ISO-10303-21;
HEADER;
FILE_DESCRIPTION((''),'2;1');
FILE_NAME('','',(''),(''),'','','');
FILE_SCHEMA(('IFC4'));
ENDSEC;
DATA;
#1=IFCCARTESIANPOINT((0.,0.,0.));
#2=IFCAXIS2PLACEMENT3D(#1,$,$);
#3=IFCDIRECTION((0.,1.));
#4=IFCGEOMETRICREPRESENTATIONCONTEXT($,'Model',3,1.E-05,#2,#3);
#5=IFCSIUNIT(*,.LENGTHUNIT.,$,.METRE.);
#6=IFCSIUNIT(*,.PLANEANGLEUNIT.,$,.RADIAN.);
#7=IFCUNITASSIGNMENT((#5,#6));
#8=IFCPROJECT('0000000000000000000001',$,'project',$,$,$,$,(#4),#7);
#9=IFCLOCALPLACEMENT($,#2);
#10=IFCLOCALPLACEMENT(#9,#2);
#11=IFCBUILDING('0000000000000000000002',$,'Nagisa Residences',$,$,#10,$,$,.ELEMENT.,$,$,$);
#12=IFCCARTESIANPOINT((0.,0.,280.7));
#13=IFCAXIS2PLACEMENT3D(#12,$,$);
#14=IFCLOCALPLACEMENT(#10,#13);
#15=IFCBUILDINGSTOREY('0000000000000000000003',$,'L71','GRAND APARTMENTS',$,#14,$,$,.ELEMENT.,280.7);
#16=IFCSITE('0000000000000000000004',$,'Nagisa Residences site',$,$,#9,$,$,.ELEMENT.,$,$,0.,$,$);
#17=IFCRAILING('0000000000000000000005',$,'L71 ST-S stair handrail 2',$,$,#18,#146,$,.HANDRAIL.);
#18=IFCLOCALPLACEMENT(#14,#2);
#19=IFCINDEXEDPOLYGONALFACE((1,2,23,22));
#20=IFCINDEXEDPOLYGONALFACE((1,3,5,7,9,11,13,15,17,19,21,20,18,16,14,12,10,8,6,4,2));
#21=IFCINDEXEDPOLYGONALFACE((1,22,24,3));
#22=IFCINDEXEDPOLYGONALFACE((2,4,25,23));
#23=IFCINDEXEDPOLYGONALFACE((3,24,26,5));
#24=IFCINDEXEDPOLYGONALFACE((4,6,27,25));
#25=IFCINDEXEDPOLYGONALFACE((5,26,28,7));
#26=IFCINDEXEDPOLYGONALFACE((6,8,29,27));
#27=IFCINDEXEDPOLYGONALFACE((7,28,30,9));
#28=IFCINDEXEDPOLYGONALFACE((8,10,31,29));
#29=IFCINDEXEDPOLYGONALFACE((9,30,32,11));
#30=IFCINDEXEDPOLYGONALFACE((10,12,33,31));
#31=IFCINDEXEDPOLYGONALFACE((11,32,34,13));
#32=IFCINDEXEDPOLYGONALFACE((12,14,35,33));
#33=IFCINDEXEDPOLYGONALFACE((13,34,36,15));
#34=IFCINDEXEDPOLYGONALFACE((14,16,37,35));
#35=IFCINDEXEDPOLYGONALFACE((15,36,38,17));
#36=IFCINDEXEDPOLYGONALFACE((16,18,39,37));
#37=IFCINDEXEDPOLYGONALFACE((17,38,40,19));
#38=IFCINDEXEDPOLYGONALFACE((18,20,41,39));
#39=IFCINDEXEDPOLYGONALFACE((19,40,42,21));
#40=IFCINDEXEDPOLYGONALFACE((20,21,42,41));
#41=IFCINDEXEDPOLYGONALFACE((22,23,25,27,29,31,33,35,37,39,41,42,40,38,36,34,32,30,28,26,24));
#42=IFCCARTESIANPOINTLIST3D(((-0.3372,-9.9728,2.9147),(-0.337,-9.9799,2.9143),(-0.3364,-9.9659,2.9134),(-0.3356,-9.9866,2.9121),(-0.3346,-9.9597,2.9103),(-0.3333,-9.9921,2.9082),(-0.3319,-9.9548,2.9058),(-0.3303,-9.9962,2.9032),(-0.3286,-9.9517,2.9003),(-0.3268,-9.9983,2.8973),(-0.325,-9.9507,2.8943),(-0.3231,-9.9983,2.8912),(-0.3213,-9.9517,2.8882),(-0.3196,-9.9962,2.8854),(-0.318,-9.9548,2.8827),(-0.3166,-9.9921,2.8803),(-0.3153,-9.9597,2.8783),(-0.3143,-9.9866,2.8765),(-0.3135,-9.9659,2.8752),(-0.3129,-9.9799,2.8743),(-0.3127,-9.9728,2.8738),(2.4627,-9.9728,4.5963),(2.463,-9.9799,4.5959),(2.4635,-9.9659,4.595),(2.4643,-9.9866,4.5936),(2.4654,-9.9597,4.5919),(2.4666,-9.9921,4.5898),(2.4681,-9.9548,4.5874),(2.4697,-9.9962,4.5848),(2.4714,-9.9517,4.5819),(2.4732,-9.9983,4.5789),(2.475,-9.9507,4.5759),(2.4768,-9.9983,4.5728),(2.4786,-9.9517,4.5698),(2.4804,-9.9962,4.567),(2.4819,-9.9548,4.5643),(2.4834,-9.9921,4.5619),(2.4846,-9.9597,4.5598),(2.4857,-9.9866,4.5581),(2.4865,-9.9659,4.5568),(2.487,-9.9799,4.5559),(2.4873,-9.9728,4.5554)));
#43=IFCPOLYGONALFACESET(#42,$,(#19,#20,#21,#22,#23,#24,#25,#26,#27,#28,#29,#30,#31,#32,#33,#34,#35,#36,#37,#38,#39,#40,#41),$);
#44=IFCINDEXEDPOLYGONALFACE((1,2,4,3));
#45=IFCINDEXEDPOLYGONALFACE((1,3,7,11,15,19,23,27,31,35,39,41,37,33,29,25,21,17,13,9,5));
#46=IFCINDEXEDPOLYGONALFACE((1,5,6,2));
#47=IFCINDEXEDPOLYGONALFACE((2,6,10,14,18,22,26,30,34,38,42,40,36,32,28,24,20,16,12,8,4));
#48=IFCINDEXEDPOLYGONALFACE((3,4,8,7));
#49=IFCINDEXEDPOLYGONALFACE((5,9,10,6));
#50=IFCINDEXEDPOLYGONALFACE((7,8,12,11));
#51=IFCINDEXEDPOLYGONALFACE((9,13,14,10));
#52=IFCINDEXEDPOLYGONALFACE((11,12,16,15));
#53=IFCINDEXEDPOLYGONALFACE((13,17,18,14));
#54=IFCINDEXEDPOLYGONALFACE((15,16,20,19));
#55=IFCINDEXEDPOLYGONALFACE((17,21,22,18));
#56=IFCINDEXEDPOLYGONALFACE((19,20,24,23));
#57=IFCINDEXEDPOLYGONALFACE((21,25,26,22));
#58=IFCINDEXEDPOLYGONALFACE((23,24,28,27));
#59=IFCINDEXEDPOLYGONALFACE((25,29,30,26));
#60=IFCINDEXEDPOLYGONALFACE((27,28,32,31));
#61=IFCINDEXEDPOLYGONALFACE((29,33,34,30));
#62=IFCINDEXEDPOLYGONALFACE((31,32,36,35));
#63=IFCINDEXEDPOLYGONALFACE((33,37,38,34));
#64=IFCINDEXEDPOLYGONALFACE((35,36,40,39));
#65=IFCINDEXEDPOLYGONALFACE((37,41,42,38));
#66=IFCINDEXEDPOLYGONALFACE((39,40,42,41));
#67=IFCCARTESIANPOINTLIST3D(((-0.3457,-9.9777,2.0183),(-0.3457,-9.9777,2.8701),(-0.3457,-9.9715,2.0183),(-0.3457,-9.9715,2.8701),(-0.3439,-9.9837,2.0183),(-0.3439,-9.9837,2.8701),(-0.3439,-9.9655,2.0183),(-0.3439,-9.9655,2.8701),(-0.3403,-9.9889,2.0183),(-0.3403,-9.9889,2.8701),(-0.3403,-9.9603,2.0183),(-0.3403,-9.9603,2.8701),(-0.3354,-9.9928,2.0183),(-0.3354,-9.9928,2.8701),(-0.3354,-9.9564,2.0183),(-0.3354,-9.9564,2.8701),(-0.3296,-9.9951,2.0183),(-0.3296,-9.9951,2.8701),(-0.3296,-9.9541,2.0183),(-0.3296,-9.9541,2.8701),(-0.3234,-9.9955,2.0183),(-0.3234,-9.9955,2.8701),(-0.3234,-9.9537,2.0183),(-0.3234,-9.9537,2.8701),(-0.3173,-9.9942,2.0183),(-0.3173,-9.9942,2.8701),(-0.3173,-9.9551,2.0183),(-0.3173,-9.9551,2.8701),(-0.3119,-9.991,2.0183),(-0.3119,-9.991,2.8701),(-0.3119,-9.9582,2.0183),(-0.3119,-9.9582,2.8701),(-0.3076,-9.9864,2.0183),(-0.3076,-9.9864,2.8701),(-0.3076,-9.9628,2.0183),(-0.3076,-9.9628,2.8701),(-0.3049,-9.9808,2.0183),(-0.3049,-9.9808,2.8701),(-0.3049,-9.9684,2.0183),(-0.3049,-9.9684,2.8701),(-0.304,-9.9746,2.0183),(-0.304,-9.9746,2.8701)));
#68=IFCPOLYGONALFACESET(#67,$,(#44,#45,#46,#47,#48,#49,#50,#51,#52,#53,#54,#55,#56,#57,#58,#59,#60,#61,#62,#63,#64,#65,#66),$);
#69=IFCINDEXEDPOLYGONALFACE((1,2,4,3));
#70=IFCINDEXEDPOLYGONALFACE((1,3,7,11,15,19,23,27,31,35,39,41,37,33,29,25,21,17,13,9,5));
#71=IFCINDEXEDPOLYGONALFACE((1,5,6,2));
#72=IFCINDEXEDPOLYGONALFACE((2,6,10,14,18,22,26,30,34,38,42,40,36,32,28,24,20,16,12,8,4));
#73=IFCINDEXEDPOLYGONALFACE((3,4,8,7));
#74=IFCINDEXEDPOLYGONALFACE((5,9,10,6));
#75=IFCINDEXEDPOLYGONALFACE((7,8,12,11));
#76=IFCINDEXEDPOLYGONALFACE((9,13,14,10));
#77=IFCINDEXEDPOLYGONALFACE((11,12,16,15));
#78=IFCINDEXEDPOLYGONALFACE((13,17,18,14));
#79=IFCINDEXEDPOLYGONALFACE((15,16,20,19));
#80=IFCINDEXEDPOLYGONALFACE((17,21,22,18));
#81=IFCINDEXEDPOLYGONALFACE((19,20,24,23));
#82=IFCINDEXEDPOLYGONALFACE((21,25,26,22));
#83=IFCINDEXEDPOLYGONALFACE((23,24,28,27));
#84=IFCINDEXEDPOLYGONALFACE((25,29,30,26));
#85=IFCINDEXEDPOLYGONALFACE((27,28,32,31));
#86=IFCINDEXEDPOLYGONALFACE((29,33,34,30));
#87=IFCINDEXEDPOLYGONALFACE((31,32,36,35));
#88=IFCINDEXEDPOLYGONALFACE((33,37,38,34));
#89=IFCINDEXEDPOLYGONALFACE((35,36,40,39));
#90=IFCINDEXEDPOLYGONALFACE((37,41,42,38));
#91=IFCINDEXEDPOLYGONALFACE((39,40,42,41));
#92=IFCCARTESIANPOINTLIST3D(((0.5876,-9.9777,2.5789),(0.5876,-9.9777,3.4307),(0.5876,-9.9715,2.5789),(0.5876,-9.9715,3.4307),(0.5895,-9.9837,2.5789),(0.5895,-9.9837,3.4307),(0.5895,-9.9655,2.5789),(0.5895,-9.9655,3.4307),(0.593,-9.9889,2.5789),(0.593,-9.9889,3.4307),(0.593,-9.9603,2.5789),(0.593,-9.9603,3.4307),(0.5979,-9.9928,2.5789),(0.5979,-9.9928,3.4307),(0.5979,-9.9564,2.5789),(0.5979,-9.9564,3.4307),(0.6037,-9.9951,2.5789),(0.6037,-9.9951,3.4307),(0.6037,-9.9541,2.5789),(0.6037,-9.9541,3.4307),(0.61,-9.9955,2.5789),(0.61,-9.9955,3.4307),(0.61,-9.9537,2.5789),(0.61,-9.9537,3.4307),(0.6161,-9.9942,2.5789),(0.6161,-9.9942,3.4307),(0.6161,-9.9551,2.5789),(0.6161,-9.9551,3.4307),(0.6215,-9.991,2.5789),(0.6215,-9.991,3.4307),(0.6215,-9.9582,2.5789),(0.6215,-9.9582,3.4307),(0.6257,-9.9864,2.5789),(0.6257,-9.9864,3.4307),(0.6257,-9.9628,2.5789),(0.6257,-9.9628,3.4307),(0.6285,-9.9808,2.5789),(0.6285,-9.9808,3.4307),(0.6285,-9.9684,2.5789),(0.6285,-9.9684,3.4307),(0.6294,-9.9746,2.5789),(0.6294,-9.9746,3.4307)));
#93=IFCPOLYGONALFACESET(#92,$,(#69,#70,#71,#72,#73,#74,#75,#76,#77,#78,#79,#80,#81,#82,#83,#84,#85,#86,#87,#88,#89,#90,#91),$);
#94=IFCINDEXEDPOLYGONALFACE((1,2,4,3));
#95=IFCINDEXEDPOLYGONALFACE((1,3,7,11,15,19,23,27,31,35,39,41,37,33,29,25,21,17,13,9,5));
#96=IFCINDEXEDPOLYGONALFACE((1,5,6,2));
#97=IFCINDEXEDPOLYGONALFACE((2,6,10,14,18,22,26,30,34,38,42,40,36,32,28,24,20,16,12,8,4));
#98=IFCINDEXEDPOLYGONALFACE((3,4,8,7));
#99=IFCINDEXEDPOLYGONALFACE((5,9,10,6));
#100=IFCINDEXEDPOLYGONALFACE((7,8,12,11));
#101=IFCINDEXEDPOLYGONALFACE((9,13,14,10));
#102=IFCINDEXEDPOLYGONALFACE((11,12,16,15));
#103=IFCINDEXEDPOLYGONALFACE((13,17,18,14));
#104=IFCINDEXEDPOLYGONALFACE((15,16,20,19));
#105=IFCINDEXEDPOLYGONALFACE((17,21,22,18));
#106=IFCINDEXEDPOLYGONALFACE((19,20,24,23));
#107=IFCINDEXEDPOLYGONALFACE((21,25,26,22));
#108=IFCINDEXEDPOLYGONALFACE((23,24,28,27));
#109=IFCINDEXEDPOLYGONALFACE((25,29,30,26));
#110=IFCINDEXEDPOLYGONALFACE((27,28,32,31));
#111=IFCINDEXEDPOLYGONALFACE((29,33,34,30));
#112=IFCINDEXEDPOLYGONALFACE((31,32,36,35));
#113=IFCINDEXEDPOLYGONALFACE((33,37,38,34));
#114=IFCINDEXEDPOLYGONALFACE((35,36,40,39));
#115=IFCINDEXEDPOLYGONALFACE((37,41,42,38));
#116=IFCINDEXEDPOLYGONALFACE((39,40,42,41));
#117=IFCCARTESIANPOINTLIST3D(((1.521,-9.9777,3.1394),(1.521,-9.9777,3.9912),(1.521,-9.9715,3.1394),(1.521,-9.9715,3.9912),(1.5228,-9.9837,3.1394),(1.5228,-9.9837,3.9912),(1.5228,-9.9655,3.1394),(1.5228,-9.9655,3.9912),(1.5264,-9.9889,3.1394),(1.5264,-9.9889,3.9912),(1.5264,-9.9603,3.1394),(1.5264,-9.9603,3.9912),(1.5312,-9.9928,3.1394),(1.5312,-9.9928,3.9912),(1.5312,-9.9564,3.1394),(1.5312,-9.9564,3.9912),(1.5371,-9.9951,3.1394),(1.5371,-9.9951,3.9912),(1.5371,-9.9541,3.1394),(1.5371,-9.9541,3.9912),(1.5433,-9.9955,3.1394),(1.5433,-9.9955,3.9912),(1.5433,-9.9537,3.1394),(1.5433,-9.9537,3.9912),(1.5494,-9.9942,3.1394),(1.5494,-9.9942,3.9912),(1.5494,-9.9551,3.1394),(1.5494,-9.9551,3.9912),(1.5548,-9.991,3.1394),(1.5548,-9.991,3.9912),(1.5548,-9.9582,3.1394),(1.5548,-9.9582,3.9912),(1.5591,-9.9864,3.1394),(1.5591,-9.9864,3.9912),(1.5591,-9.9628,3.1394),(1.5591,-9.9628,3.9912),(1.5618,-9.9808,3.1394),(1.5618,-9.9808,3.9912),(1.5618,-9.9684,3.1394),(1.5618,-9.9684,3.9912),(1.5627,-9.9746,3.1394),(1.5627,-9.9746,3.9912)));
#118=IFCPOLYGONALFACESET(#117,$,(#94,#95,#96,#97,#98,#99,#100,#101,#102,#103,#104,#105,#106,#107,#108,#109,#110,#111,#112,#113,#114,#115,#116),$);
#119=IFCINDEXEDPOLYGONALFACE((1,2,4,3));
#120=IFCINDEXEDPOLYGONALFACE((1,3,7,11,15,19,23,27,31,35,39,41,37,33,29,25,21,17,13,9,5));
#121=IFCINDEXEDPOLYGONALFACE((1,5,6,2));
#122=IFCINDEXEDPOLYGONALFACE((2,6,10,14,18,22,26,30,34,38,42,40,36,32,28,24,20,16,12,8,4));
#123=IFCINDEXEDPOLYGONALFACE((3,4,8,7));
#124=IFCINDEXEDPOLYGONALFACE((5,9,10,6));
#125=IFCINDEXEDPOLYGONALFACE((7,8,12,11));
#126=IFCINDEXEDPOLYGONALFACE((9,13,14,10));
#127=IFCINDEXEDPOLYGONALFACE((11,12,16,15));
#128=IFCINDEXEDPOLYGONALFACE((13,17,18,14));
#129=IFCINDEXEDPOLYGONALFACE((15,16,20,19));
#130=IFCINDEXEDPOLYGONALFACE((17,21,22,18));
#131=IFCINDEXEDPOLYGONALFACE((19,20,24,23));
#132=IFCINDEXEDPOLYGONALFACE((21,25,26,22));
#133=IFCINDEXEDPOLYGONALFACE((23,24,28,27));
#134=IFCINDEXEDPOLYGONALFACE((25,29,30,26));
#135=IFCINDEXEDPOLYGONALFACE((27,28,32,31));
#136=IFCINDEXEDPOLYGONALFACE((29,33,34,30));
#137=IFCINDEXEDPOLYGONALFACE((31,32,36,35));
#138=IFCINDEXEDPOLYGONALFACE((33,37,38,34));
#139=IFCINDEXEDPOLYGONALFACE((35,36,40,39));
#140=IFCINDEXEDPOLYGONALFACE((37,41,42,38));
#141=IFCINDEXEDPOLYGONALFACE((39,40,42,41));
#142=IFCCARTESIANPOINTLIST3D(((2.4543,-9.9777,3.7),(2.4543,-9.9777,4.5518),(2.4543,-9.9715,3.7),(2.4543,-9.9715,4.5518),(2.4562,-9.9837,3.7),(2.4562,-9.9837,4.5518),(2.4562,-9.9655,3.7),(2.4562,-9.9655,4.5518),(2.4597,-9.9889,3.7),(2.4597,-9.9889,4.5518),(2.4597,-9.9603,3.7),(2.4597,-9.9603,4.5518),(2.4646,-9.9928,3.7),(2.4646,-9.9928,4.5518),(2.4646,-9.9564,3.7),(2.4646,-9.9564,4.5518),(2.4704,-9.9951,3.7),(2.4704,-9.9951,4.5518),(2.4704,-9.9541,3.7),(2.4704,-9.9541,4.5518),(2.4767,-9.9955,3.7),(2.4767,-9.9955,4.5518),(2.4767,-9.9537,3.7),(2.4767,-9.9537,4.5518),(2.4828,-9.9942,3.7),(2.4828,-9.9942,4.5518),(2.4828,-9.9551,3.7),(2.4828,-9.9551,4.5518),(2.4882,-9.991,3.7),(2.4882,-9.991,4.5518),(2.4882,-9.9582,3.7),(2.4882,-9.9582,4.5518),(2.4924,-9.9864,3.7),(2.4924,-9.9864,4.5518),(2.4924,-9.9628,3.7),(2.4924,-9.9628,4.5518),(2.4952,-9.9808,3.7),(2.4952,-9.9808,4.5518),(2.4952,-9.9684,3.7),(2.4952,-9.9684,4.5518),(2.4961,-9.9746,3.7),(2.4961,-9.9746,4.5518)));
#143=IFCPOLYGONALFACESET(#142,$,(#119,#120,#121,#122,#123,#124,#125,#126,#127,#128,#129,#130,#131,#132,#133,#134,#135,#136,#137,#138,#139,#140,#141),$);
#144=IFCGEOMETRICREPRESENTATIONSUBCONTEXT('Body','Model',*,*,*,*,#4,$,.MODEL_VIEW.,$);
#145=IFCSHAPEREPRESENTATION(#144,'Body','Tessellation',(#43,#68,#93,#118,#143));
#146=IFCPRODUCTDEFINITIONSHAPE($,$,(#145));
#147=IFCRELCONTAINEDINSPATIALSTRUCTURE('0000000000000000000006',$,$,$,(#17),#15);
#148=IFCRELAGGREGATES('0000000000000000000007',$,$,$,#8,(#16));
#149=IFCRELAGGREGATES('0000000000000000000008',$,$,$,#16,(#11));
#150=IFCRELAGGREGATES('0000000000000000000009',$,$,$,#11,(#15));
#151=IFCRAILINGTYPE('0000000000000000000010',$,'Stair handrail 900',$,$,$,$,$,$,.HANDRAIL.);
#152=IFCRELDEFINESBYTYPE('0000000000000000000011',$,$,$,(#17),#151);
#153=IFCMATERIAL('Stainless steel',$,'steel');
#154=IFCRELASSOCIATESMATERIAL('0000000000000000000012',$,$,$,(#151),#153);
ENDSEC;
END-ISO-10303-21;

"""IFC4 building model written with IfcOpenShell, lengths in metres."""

from ifc_helpers import new_model, si_unit, direction, frame, origin, origin_2d, place, context, subcontext, project, spatial, circle, extrude, material, type_object, element, save


model = new_model("IFC4")

# Units and contexts
model_context = context("Model", 3, precision=1e-05, world=origin(), true_north=direction((0.0, 1.0)))
body_context = subcontext(model_context, "Body", "Model", "MODEL_VIEW")
ifc_project = project(units=[si_unit("LENGTHUNIT", "METRE"), si_unit("PLANEANGLEUNIT", "RADIAN")], contexts=[model_context])

# Site, building, storey
site_placement = place(None, origin())
site = spatial("IfcSite", under=ifc_project, at=site_placement, Name="Nagisa Residences site", CompositionType="ELEMENT", RefElevation=0.0)
building_placement = place(site_placement, origin())
building = spatial("IfcBuilding", under=site, at=building_placement, Name="Nagisa Residences", CompositionType="ELEMENT")
storey_placement = place(building_placement, frame((0.0, 0.0, 280.7)))
storey = spatial("IfcBuildingStorey", under=building, at=storey_placement, Name="L71", Description="GRAND APARTMENTS", CompositionType="ELEMENT", Elevation=280.7)

# Railing
ifc_material_1 = material(Name="Stainless steel", Category="steel")
railing_type = type_object("IfcRailingType", Name="Stair handrail 900", PredefinedType="HANDRAIL", material=ifc_material_1)
railing_placement = place(storey_placement, frame((-0.325, -9.9746, 2.0183)))
element("IfcRailing", 1, at=railing_placement, inside=storey, type_object=railing_type, Name="L71 ST-S stair handrail 2", PredefinedType="HANDRAIL", context=body_context, shape_type="SweptSolid", body=[
    extrude(circle(Radius=0.0239, at=origin_2d()), frame((0.0, 0.0, 0.876), z_axis=(0.857275, 0.0, 0.514858), x_axis=(0.0, 1.0, 0.0)), (0.0, 0.0, 1.0), 3.2661),
    extrude(circle(Radius=0.021, at=origin_2d()), origin(), (0.0, 0.0, 1.0), 0.8518),
    extrude(circle(Radius=0.021, at=origin_2d()), frame((0.9333, 0.0, 0.5605)), (0.0, 0.0, 1.0), 0.8518),
    extrude(circle(Radius=0.021, at=origin_2d()), frame((1.8667, 0.0, 1.1211)), (0.0, 0.0, 1.0), 0.8518),
    extrude(circle(Radius=0.021, at=origin_2d()), frame((2.8, 0.0, 1.6816)), (0.0, 0.0, 1.0), 0.8518),
])

save(model, "model.ifc")
